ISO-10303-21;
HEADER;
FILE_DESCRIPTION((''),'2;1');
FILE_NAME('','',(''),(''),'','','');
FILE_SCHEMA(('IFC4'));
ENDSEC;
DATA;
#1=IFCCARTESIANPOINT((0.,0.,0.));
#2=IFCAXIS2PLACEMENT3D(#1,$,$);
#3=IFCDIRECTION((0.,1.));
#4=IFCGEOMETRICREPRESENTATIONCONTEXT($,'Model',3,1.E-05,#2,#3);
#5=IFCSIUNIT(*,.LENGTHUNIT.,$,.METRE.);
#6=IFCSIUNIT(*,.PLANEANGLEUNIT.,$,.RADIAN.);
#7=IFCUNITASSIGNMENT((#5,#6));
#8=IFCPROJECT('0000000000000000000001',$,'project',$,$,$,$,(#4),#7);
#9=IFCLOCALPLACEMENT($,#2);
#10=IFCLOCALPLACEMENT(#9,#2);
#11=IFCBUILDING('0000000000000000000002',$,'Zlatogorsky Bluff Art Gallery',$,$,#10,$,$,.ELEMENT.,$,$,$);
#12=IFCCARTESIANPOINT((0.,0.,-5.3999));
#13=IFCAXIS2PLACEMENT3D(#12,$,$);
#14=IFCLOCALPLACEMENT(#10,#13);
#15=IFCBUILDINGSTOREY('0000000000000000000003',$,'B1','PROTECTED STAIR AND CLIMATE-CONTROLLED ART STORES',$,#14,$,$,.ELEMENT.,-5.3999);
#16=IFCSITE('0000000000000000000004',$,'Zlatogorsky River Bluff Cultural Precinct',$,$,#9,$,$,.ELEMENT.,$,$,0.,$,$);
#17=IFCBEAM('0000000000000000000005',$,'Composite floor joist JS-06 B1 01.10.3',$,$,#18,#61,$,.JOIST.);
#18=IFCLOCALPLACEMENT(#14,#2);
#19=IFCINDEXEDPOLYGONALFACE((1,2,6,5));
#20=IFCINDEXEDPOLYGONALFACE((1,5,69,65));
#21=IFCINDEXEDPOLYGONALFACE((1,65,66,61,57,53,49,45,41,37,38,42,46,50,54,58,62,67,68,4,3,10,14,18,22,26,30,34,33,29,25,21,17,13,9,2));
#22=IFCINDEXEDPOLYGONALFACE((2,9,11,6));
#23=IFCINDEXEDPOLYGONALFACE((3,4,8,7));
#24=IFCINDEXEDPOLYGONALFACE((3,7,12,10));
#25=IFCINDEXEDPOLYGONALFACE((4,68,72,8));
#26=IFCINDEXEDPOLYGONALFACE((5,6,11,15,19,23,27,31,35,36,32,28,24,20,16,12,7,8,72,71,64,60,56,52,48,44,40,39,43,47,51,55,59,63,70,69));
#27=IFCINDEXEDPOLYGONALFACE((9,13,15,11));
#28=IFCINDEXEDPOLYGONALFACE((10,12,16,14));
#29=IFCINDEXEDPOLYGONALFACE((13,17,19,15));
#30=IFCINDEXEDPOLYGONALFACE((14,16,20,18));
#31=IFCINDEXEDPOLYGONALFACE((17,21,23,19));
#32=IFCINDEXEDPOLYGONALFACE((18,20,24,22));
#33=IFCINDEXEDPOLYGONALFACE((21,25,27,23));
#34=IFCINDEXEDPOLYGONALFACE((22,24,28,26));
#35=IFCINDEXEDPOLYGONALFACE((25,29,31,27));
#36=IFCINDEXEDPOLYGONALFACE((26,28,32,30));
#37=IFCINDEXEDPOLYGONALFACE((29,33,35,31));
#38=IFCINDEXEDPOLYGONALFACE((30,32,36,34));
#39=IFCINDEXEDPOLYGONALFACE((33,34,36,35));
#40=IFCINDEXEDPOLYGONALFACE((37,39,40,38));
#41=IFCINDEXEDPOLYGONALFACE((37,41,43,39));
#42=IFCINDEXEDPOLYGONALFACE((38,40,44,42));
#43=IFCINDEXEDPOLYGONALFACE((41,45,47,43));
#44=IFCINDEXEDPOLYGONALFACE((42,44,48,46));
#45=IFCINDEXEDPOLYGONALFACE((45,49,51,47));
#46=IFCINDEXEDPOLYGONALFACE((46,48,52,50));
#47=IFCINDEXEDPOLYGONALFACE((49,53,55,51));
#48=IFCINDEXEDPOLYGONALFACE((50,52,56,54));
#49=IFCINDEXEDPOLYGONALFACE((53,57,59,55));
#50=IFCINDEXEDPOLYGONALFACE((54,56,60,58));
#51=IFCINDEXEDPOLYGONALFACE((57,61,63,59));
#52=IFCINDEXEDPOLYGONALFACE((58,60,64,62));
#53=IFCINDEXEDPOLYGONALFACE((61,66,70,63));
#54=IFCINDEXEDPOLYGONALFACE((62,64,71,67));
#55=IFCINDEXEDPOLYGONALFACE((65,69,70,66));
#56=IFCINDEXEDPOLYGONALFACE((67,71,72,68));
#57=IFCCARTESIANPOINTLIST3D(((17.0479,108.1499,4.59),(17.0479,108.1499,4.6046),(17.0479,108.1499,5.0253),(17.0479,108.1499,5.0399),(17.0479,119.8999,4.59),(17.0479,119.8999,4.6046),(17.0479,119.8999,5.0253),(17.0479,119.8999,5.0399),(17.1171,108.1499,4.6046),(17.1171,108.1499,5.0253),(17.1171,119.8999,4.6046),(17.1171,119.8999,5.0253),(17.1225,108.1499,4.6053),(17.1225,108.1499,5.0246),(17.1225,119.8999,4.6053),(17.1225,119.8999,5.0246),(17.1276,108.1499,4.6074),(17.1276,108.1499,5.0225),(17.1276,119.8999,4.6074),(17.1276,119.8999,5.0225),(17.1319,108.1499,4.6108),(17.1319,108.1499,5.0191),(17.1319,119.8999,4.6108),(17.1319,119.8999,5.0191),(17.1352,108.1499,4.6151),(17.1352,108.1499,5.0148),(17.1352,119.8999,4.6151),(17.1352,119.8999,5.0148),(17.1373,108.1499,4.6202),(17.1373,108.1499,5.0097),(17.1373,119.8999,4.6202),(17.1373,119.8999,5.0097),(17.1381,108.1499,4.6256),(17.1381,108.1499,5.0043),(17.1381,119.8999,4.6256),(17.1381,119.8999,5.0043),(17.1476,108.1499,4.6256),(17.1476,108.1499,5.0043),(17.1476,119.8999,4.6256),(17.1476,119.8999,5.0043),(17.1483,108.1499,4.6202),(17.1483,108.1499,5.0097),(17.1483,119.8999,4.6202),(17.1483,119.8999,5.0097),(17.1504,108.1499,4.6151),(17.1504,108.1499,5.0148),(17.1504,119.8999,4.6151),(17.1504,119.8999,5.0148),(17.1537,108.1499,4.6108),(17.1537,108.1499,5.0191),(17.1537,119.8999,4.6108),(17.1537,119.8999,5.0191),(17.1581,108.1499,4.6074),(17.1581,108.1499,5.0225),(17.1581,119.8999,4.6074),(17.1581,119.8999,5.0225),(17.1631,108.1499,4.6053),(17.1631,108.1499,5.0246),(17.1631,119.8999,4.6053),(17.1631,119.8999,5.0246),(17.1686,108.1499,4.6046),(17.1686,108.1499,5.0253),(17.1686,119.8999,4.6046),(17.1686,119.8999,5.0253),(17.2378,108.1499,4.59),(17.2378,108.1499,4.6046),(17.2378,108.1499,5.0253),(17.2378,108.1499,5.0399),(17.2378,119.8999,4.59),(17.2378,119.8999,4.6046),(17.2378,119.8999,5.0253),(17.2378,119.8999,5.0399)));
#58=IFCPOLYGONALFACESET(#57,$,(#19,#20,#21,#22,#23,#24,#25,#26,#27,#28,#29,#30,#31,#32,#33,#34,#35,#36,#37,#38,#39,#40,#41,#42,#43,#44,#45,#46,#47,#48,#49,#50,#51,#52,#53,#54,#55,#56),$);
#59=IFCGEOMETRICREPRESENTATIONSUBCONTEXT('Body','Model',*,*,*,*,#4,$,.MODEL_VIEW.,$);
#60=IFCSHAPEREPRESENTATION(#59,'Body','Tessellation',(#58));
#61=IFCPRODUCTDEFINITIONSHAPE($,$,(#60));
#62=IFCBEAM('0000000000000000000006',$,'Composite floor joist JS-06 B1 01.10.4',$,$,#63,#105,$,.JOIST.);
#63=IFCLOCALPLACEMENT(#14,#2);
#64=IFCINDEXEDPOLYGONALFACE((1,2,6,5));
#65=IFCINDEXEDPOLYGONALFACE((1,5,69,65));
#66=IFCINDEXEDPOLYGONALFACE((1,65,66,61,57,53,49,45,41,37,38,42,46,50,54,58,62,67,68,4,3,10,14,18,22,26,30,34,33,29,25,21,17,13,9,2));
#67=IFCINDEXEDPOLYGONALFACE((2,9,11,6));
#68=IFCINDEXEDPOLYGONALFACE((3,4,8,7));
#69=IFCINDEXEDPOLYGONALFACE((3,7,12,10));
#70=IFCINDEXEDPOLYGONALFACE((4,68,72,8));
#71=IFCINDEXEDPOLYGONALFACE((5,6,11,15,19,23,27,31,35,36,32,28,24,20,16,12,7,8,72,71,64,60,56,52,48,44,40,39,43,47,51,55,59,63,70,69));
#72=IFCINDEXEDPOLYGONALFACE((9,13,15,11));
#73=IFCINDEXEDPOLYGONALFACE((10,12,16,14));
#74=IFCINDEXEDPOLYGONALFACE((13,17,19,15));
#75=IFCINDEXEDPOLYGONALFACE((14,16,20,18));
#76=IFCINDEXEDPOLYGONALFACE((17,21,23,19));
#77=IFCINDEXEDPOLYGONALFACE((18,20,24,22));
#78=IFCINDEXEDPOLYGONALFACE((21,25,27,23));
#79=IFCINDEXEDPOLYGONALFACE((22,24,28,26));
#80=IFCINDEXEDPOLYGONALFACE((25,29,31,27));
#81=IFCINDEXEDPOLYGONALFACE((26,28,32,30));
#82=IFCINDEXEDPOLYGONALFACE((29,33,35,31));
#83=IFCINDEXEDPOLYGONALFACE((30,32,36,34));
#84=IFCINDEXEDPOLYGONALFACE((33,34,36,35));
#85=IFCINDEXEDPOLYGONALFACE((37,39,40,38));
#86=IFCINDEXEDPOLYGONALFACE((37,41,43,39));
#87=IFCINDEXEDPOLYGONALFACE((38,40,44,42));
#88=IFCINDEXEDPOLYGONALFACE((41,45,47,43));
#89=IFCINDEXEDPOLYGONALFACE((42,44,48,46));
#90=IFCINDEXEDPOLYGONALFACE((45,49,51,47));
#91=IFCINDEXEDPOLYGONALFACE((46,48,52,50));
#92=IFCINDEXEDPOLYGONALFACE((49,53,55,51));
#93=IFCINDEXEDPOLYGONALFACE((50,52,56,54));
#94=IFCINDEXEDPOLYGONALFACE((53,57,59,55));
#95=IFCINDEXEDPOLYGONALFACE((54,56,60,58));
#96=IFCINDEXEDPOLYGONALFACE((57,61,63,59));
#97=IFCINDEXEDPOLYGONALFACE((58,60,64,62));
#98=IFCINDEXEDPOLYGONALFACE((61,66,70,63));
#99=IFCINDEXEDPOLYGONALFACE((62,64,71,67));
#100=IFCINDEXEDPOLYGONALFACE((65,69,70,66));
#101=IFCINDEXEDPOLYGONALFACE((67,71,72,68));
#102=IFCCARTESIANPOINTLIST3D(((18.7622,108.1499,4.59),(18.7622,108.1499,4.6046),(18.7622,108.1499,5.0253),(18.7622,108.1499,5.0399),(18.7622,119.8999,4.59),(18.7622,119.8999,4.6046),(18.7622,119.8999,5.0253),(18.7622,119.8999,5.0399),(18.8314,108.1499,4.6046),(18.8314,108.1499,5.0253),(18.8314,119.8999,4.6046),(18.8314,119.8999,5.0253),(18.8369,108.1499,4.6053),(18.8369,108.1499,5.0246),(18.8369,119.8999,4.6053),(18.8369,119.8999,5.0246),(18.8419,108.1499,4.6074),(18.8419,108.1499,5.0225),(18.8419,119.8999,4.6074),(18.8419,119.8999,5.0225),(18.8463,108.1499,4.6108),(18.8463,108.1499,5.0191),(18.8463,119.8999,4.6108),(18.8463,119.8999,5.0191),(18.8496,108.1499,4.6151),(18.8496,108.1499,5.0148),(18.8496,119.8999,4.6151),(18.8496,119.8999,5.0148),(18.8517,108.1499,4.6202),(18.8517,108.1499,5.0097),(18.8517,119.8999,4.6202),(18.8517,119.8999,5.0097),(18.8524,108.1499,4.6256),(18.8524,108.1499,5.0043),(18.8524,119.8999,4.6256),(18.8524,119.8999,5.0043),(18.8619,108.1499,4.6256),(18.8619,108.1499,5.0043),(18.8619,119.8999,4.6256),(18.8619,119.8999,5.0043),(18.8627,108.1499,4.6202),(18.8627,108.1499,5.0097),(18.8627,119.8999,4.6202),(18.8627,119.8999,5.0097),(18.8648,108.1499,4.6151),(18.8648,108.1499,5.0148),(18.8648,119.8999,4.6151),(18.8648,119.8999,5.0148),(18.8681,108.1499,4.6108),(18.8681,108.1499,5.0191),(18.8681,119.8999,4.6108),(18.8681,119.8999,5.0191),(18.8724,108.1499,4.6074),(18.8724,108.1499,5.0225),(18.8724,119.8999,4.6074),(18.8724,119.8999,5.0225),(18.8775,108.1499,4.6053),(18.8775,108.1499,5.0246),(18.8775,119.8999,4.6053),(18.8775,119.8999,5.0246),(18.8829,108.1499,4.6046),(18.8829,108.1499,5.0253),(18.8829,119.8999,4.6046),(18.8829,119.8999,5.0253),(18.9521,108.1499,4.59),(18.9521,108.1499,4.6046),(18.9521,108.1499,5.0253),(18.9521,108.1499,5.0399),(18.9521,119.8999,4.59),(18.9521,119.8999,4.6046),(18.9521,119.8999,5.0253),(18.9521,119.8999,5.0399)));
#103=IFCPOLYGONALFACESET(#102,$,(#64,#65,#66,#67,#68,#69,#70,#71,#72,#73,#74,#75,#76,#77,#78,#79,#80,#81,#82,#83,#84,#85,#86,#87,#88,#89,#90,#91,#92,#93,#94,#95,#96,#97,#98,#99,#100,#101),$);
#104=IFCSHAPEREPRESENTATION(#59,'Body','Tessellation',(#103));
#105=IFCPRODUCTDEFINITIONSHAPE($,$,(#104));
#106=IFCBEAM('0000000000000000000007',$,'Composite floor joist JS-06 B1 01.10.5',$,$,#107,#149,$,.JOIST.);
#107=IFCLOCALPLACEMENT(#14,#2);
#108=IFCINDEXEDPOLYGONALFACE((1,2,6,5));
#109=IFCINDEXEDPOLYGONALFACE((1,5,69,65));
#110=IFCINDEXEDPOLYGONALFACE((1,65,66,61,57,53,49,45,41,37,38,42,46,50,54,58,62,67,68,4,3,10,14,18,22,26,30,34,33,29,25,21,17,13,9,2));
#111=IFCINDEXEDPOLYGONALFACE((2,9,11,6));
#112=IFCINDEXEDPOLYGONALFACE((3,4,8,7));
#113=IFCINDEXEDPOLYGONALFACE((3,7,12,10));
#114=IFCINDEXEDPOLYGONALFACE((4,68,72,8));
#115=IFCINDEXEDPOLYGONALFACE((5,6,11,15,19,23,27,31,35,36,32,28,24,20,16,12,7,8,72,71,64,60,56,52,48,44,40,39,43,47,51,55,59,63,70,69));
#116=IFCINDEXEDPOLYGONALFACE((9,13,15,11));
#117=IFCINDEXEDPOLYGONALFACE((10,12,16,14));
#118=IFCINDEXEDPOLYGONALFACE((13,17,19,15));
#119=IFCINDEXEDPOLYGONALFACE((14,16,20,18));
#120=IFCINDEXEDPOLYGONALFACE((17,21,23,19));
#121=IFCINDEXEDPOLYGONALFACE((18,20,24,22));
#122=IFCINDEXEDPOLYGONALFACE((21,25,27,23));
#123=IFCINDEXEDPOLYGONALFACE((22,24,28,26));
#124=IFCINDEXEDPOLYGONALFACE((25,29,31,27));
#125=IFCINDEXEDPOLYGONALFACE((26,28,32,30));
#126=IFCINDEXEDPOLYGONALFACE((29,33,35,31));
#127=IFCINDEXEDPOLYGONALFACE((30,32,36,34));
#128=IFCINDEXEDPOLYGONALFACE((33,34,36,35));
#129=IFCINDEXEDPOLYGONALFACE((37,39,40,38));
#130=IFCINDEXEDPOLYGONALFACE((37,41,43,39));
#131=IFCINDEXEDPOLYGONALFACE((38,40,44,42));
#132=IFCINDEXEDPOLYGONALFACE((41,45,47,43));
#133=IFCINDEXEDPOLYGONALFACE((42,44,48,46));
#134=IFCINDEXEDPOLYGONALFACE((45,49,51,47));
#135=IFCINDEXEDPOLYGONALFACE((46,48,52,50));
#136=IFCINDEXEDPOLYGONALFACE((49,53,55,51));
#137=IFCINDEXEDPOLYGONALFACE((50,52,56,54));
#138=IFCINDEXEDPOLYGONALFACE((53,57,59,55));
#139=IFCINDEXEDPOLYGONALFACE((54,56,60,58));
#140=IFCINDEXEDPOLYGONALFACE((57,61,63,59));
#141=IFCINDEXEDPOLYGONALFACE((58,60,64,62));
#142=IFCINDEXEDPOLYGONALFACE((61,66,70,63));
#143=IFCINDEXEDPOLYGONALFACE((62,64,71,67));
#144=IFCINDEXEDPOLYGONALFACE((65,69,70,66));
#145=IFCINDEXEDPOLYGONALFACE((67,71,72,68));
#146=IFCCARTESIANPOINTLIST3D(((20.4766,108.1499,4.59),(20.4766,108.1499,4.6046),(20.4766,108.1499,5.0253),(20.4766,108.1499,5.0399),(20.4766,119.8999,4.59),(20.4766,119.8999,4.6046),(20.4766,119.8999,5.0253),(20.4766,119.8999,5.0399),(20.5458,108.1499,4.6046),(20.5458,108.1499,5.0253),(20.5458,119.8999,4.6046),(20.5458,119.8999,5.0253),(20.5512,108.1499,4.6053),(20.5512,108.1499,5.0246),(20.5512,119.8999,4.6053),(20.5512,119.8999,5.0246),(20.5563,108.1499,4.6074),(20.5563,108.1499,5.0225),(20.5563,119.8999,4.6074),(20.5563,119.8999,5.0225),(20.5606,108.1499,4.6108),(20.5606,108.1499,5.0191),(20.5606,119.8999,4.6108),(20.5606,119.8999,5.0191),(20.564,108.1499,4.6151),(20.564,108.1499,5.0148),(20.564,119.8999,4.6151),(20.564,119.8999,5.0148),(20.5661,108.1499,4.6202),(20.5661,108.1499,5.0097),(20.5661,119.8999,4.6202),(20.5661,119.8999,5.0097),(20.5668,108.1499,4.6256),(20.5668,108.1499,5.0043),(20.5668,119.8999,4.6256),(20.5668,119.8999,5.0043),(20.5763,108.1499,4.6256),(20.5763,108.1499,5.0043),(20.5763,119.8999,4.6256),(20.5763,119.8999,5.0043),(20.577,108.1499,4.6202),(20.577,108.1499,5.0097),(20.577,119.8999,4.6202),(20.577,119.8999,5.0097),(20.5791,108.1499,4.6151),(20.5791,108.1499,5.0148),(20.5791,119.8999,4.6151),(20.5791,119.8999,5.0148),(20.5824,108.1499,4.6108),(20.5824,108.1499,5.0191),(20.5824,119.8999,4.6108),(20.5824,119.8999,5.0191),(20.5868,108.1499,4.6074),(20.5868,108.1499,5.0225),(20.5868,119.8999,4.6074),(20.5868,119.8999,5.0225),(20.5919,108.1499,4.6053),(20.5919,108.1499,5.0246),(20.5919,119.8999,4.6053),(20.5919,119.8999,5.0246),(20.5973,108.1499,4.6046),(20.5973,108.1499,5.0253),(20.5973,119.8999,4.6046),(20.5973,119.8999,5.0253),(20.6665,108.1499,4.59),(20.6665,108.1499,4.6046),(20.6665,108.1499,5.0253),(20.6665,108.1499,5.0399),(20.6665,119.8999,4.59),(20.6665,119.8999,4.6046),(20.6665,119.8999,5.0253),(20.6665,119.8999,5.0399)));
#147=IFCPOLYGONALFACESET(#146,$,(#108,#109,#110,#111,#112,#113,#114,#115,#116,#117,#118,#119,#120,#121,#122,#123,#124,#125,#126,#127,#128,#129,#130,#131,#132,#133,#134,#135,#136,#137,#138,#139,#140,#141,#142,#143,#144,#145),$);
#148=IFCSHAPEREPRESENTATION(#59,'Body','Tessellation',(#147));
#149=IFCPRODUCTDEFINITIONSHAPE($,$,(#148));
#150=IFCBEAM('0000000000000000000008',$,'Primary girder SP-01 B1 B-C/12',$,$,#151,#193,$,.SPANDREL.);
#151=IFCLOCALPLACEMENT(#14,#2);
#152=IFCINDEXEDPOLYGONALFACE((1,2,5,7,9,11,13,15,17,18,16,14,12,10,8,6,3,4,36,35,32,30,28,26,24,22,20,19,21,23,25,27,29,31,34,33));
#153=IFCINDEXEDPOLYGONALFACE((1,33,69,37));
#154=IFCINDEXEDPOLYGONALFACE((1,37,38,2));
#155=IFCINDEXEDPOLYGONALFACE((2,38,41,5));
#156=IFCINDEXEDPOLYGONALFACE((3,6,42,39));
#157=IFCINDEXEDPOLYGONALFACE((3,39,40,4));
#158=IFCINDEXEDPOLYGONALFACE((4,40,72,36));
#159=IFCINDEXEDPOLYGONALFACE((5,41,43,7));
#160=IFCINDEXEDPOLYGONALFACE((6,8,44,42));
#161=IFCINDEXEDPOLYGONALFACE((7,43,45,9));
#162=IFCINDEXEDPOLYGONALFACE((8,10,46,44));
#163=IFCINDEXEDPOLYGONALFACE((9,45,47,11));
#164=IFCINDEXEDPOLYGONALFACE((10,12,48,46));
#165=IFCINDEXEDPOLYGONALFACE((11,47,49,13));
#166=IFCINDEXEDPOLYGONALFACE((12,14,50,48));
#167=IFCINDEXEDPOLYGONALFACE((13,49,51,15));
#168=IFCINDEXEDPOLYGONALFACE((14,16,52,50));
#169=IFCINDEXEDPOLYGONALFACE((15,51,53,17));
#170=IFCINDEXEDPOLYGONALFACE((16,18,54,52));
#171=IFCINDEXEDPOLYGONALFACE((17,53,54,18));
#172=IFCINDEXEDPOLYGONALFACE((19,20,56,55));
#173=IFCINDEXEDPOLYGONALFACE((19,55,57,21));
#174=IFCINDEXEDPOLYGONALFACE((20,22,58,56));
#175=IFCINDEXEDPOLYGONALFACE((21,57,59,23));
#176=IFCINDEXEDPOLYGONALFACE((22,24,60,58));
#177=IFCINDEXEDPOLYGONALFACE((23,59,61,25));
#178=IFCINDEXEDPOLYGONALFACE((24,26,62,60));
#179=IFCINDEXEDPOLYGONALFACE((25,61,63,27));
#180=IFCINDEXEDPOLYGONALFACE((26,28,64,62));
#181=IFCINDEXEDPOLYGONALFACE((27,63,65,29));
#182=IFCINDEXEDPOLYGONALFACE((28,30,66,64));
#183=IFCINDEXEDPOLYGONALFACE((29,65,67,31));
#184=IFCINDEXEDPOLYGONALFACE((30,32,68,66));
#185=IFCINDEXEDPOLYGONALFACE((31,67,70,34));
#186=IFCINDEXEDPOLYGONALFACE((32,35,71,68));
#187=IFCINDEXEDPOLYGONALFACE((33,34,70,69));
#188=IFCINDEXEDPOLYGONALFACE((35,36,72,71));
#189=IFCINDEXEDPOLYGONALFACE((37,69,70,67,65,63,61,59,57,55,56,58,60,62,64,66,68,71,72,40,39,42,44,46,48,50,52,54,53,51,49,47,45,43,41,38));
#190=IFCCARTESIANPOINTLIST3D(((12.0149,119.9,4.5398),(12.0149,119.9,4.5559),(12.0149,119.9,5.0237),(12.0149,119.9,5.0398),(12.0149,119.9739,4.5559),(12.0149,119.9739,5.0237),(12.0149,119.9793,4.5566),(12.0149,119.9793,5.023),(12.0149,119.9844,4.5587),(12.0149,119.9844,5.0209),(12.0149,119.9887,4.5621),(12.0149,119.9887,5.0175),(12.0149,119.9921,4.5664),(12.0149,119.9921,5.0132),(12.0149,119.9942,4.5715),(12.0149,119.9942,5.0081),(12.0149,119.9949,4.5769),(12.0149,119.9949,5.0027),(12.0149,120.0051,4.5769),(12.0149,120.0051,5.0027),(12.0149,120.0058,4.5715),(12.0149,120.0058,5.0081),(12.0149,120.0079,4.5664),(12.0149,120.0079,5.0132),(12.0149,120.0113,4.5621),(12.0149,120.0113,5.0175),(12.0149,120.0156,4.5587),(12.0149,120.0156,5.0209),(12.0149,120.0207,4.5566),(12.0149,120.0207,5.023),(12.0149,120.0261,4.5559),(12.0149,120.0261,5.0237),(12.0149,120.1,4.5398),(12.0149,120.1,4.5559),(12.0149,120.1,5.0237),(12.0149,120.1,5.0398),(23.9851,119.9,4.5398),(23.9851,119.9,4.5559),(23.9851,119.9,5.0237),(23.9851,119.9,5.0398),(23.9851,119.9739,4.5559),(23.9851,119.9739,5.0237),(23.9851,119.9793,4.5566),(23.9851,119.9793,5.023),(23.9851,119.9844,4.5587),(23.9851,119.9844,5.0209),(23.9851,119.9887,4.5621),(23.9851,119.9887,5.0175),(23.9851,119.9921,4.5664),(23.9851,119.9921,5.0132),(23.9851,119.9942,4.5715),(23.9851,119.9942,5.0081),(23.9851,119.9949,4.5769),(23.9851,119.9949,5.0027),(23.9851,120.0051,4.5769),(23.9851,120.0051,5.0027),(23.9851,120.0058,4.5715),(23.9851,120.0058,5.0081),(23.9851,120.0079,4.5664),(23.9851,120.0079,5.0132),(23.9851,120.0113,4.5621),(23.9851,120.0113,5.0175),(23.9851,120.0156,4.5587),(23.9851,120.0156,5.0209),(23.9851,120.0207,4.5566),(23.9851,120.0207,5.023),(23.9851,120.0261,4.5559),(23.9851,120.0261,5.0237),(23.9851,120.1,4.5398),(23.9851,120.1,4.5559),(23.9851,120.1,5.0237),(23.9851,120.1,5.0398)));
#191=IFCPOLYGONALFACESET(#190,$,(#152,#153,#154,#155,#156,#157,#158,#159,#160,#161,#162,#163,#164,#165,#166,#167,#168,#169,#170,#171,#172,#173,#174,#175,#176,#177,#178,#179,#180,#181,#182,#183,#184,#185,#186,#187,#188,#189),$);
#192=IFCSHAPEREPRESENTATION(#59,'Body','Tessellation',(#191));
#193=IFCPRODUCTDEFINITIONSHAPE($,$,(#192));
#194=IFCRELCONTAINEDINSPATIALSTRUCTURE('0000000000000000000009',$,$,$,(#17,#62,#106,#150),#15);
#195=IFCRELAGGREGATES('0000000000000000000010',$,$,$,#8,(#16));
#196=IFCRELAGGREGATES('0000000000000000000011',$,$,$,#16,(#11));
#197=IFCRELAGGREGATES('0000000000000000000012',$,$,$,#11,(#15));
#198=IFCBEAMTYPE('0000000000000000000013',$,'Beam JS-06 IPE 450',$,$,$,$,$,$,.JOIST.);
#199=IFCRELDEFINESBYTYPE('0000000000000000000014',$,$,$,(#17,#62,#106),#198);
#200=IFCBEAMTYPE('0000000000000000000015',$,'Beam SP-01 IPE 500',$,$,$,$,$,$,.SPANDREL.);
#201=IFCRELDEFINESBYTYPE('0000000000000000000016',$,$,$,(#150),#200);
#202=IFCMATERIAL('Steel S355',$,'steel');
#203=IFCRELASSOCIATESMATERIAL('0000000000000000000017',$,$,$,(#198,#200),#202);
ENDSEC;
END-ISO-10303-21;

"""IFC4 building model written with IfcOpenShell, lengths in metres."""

from ifc_helpers import new_model, si_unit, direction, frame, origin, origin_2d, place, context, subcontext, project, spatial, i_section, extrude, material, material_profile, profile_set, type_object, element, save


model = new_model("IFC4")

# Units and contexts
model_context = context("Model", 3, precision=1e-05, world=origin(), true_north=direction((0.0, 1.0)))
body_context = subcontext(model_context, "Body", "Model", "MODEL_VIEW")
ifc_project = project(units=[si_unit("LENGTHUNIT", "METRE"), si_unit("PLANEANGLEUNIT", "RADIAN")], contexts=[model_context])

# Site, building, storey
site_placement = place(None, origin())
site = spatial("IfcSite", under=ifc_project, at=site_placement, Name="Zlatogorsky River Bluff Cultural Precinct", CompositionType="ELEMENT", RefElevation=0.0)
building_placement = place(site_placement, origin())
building = spatial("IfcBuilding", under=site, at=building_placement, Name="Zlatogorsky Bluff Art Gallery", CompositionType="ELEMENT")
storey_placement = place(building_placement, frame((0.0, 0.0, -5.3999)))
storey = spatial("IfcBuildingStorey", under=building, at=storey_placement, Name="B1", Description="PROTECTED STAIR AND CLIMATE-CONTROLLED ART STORES", CompositionType="ELEMENT", Elevation=-5.3999)

# Shared definitions
ifc_material_1 = material(Name="Steel S355", Category="steel")

# Beams
ifc_material_profile_1 = material_profile(ifc_material_1, i_section(OverallWidth=0.1899, OverallDepth=0.45, WebThickness=0.0095, FlangeThickness=0.0146, FilletRadius=0.021, at=origin_2d()), Name="IPE 450")
ifc_profile_set_1 = profile_set([ifc_material_profile_1], Name="Steel S355")
beam_type_1 = type_object("IfcBeamType", Name="Beam JS-06 IPE 450", PredefinedType="JOIST", material=ifc_profile_set_1)
for number, where, z_axis, x_axis, name in (
    (1, (17.1428, 108.1499, 4.8149), (0.0, 1.0, 0.0), (-1.0, 0.0, 0.0), "Composite floor joist JS-06 B1 01.10.3"),
    (2, (18.8572, 108.1499, 4.8149), (0.0, 1.0, 0.0), (-1.0, 0.0, 0.0), "Composite floor joist JS-06 B1 01.10.4"),
    (3, (20.5715, 108.1499, 4.8149), (0.0, 1.0, 0.0), (-1.0, 0.0, 0.0), "Composite floor joist JS-06 B1 01.10.5"),
):
    element("IfcBeam", number, at=place(storey_placement, frame(where, z_axis=z_axis, x_axis=x_axis)), inside=storey, type_object=beam_type_1, Name=name, PredefinedType="JOIST", context=body_context, shape_type="SweptSolid", body=[
        extrude(i_section(OverallWidth=0.1899, OverallDepth=0.45, WebThickness=0.0095, FlangeThickness=0.0146, FilletRadius=0.021, at=origin_2d()), origin(), (0.0, 0.0, 1.0), 11.75),
    ])
ifc_material_profile_2 = material_profile(ifc_material_1, i_section(OverallWidth=0.2, OverallDepth=0.5, WebThickness=0.0103, FlangeThickness=0.0161, FilletRadius=0.021, at=origin_2d()), Name="IPE 500")
ifc_profile_set_2 = profile_set([ifc_material_profile_2], Name="Steel S355")
beam_type_2 = type_object("IfcBeamType", Name="Beam SP-01 IPE 500", PredefinedType="SPANDREL", material=ifc_profile_set_2)
beam_1_placement = place(storey_placement, frame((12.0149, 120.0, 4.7898), z_axis=(1.0, 0.0, 0.0), x_axis=(0.0, 1.0, 0.0)))
element("IfcBeam", 4, at=beam_1_placement, inside=storey, type_object=beam_type_2, Name="Primary girder SP-01 B1 B-C/12", PredefinedType="SPANDREL", context=body_context, shape_type="SweptSolid", body=[
    extrude(i_section(OverallWidth=0.2, OverallDepth=0.5, WebThickness=0.0103, FlangeThickness=0.0161, FilletRadius=0.021, at=origin_2d()), origin(), (0.0, 0.0, 1.0), 11.9702),
])

save(model, "model.ifc")
